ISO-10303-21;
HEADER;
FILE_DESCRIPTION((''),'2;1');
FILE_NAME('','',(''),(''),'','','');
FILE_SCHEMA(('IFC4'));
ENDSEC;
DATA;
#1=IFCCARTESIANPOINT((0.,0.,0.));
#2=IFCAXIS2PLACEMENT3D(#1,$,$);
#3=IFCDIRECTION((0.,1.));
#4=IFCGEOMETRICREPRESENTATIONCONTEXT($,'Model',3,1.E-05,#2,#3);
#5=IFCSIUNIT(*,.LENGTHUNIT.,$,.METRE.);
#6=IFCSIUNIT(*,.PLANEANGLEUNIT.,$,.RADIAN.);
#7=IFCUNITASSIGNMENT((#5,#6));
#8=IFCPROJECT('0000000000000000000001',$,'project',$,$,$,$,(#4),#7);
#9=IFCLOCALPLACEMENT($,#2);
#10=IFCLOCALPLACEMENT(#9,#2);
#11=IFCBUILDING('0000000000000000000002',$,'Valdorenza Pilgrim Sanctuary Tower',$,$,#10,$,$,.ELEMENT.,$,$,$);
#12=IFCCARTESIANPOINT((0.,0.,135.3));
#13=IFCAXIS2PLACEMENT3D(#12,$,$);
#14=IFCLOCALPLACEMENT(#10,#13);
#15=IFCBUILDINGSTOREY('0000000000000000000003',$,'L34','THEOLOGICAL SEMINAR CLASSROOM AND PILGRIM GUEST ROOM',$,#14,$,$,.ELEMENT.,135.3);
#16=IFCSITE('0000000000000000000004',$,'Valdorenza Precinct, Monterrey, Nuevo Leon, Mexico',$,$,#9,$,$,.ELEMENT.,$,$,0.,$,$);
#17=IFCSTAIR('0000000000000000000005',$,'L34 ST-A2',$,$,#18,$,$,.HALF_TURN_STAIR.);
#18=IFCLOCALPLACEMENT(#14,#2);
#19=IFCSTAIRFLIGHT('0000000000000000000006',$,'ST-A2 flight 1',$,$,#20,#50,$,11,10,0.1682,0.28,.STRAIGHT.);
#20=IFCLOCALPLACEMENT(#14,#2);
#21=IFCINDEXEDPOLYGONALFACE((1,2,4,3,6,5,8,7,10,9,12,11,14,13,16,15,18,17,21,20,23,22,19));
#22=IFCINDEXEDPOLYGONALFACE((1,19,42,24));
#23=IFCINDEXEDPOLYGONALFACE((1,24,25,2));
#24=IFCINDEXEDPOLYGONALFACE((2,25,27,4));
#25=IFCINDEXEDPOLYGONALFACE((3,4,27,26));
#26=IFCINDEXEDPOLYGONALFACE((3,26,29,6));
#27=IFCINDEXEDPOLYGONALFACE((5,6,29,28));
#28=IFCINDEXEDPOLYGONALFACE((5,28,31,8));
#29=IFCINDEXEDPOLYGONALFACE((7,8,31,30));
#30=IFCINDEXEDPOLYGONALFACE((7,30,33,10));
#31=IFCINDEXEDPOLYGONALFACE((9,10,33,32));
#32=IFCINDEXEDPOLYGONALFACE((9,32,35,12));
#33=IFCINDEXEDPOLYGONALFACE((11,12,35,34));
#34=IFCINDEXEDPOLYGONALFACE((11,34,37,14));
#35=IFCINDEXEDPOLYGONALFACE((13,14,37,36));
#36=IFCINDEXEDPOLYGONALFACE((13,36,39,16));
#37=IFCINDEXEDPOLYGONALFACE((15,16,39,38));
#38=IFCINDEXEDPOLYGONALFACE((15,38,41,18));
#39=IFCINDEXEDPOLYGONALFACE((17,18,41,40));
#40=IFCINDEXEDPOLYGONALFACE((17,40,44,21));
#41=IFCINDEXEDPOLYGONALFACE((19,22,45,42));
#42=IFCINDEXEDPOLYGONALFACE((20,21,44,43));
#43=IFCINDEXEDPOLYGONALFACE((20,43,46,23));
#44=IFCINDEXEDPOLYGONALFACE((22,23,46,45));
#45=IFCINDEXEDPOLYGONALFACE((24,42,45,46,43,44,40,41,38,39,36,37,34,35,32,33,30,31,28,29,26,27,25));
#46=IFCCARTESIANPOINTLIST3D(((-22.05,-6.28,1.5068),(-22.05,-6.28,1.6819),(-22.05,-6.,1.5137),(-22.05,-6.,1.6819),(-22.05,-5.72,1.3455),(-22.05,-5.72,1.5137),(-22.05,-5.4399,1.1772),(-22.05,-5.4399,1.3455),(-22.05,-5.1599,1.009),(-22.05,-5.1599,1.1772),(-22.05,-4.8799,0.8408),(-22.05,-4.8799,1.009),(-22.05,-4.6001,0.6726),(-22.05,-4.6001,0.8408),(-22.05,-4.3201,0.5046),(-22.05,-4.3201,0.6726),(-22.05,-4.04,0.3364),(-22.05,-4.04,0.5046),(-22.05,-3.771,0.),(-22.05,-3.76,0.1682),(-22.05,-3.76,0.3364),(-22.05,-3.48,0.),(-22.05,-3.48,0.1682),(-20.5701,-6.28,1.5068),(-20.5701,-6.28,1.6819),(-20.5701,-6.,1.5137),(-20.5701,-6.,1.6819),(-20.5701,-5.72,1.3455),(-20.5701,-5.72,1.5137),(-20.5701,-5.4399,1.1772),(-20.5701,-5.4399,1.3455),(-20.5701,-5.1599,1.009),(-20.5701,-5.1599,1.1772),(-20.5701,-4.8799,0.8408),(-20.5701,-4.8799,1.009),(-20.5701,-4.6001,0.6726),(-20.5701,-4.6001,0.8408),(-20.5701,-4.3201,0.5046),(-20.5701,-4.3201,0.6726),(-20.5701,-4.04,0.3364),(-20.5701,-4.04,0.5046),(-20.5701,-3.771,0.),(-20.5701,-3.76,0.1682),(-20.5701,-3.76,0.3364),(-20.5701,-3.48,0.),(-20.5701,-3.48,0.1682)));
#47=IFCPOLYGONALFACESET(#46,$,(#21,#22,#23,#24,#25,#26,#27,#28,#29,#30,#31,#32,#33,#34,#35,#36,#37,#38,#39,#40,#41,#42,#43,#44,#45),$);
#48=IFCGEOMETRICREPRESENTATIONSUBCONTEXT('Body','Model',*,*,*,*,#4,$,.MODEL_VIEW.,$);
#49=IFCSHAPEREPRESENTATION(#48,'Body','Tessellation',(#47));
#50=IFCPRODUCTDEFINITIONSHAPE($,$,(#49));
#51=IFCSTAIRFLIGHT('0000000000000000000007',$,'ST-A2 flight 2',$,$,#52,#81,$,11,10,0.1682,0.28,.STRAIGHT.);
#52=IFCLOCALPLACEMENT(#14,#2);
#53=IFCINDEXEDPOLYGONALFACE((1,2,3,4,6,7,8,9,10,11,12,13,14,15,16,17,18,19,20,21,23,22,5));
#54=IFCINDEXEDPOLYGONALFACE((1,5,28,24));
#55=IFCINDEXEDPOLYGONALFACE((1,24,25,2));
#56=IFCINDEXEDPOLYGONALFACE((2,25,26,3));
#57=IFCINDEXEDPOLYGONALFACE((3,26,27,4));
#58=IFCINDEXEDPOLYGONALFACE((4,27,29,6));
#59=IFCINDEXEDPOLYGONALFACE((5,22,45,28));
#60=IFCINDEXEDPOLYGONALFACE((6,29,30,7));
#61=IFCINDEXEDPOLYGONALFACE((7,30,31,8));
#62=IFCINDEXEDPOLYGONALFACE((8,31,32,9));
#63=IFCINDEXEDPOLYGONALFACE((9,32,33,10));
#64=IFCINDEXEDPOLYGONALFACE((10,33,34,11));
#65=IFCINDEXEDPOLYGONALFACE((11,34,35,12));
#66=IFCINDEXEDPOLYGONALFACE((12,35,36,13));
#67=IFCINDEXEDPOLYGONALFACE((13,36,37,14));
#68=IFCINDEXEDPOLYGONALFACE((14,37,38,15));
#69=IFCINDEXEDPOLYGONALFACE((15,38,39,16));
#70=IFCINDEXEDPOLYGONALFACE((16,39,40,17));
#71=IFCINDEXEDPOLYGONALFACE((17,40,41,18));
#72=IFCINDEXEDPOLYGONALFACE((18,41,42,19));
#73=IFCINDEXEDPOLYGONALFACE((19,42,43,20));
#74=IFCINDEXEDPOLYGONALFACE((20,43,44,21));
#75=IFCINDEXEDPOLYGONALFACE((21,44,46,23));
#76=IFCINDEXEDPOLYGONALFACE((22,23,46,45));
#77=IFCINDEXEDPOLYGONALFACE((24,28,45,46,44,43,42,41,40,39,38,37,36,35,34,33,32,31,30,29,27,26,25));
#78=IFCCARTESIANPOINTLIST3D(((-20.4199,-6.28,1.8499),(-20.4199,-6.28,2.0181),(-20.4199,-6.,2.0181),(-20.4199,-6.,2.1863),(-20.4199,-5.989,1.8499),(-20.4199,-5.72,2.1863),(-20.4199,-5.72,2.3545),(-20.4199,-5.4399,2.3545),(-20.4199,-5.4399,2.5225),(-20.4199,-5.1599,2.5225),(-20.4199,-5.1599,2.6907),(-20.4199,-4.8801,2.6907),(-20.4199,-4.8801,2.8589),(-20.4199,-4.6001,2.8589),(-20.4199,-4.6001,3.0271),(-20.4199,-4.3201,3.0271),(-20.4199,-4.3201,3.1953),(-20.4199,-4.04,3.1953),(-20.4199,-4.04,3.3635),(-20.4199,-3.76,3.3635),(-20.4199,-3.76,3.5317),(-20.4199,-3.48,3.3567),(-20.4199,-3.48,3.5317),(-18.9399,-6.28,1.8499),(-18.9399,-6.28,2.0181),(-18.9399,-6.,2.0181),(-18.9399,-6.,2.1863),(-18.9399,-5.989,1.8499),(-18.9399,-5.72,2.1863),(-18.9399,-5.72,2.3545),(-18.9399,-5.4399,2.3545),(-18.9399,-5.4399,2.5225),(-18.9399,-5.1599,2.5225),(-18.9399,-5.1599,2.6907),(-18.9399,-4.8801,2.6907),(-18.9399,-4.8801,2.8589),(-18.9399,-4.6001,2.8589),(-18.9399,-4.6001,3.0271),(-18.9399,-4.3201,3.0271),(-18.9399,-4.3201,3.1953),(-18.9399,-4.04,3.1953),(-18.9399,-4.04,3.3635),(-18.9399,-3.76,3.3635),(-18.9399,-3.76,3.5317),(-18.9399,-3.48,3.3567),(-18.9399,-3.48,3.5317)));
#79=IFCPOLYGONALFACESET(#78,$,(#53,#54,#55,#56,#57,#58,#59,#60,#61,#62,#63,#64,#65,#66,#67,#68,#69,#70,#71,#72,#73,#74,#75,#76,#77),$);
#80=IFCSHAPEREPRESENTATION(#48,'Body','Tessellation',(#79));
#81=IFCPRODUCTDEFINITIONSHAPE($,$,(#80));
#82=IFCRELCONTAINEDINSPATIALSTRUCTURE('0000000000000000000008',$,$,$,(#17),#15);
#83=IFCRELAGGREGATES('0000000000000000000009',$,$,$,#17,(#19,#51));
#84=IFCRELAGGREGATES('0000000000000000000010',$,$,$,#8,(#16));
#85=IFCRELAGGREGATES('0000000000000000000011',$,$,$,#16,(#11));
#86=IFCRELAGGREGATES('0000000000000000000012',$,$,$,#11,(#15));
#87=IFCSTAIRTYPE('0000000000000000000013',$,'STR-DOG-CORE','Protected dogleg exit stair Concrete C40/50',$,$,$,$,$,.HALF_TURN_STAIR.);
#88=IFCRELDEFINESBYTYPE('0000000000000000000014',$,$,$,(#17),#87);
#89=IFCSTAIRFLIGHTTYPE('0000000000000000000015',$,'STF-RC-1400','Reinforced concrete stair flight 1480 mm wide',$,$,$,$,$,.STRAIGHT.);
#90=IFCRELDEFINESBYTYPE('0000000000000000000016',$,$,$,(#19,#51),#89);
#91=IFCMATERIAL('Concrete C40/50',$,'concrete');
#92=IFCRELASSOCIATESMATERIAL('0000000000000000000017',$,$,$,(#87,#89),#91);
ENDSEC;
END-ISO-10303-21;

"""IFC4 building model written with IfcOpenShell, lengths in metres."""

from ifc_helpers import new_model, si_unit, direction, frame, origin, place, context, subcontext, project, spatial, polyline, outline, extrude, material, type_object, element, aggregate, save


model = new_model("IFC4")

# Units and contexts
model_context = context("Model", 3, precision=1e-05, world=origin(), true_north=direction((0.0, 1.0)))
body_context = subcontext(model_context, "Body", "Model", "MODEL_VIEW")
ifc_project = project(units=[si_unit("LENGTHUNIT", "METRE"), si_unit("PLANEANGLEUNIT", "RADIAN")], contexts=[model_context])

# Site, building, storey
site_placement = place(None, origin())
site = spatial("IfcSite", under=ifc_project, at=site_placement, Name="Valdorenza Precinct, Monterrey, Nuevo Leon, Mexico", CompositionType="ELEMENT", RefElevation=0.0)
building_placement = place(site_placement, origin())
building = spatial("IfcBuilding", under=site, at=building_placement, Name="Valdorenza Pilgrim Sanctuary Tower", CompositionType="ELEMENT")
storey_placement = place(building_placement, frame((0.0, 0.0, 135.3)))
storey = spatial("IfcBuildingStorey", under=building, at=storey_placement, Name="L34", Description="THEOLOGICAL SEMINAR CLASSROOM AND PILGRIM GUEST ROOM", CompositionType="ELEMENT", Elevation=135.3)

# Shared definitions
ifc_material_1 = material(Name="Concrete C40/50", Category="concrete")

# Stair, stair flights
stair_type = type_object("IfcStairType", Name="STR-DOG-CORE", Description="Protected dogleg exit stair Concrete C40/50", PredefinedType="HALF_TURN_STAIR", material=ifc_material_1)
stair_placement = place(storey_placement, origin())
stair = element("IfcStair", 1, at=stair_placement, inside=storey, type_object=stair_type, Name="L34 ST-A2", PredefinedType="HALF_TURN_STAIR")
stair_flight_type = type_object("IfcStairFlightType", Name="STF-RC-1400", Description="Reinforced concrete stair flight 1480 mm wide", PredefinedType="STRAIGHT", material=ifc_material_1)
stair_flight_1_placement = place(storey_placement, frame((-21.3101, -3.48, 0.0), z_axis=(0.0, 0.0, 1.0), x_axis=(0.0, -1.0, 0.0)))
stair_flight_1 = element("IfcStairFlight", 2, at=stair_flight_1_placement, type_object=stair_flight_type, Name="ST-A2 flight 1", NumberOfRisers=11, NumberOfTreads=10, PredefinedType="STRAIGHT", RiserHeight=0.1682, TreadLength=0.28, context=body_context, shape_type="SweptSolid", body=[
    extrude(outline(polyline([(0.0, 0.0), (0.0, 0.1682), (0.28, 0.1682), (0.28, 0.3364), (0.5601, 0.3364), (0.5601, 0.5046), (0.8401, 0.5046), (0.8401, 0.6726), (1.1201, 0.6726), (1.1201, 0.8408), (1.3999, 0.8408), (1.3999, 1.009), (1.6799, 1.009), (1.6799, 1.1772), (1.96, 1.1772), (1.96, 1.3455), (2.24, 1.3455), (2.24, 1.5137), (2.52, 1.5137), (2.52, 1.6819), (2.8, 1.6819), (2.8, 1.8501), (2.8, 1.5068), (0.291, 0.0), (0.0, 0.0)])), frame((0.0, 0.74, 0.0), z_axis=(0.0, -1.0, 0.0), x_axis=(1.0, 0.0, 0.0)), (0.0, 0.0, 1.0), 1.48),
])
stair_flight_2_placement = place(storey_placement, frame((-19.6799, -6.28, 1.8499), z_axis=(0.0, 0.0, 1.0), x_axis=(0.0, 1.0, 0.0)))
stair_flight_2 = element("IfcStairFlight", 3, at=stair_flight_2_placement, type_object=stair_flight_type, Name="ST-A2 flight 2", NumberOfRisers=11, NumberOfTreads=10, PredefinedType="STRAIGHT", RiserHeight=0.1682, TreadLength=0.28, context=body_context, shape_type="SweptSolid", body=[
    extrude(outline(polyline([(0.0, 0.0), (0.0, 0.1682), (0.28, 0.1682), (0.28, 0.3364), (0.5601, 0.3364), (0.5601, 0.5046), (0.8401, 0.5046), (0.8401, 0.6726), (1.1201, 0.6726), (1.1201, 0.8408), (1.3999, 0.8408), (1.3999, 1.009), (1.6799, 1.009), (1.6799, 1.1772), (1.96, 1.1772), (1.96, 1.3455), (2.24, 1.3455), (2.24, 1.5137), (2.52, 1.5137), (2.52, 1.6819), (2.8, 1.6819), (2.8, 1.8501), (2.8, 1.5068), (0.291, 0.0), (0.0, 0.0)])), frame((0.0, 0.74, 0.0), z_axis=(0.0, -1.0, 0.0), x_axis=(1.0, 0.0, 0.0)), (0.0, 0.0, 1.0), 1.48),
])
aggregate(stair, [stair_flight_1, stair_flight_2])

save(model, "model.ifc")
